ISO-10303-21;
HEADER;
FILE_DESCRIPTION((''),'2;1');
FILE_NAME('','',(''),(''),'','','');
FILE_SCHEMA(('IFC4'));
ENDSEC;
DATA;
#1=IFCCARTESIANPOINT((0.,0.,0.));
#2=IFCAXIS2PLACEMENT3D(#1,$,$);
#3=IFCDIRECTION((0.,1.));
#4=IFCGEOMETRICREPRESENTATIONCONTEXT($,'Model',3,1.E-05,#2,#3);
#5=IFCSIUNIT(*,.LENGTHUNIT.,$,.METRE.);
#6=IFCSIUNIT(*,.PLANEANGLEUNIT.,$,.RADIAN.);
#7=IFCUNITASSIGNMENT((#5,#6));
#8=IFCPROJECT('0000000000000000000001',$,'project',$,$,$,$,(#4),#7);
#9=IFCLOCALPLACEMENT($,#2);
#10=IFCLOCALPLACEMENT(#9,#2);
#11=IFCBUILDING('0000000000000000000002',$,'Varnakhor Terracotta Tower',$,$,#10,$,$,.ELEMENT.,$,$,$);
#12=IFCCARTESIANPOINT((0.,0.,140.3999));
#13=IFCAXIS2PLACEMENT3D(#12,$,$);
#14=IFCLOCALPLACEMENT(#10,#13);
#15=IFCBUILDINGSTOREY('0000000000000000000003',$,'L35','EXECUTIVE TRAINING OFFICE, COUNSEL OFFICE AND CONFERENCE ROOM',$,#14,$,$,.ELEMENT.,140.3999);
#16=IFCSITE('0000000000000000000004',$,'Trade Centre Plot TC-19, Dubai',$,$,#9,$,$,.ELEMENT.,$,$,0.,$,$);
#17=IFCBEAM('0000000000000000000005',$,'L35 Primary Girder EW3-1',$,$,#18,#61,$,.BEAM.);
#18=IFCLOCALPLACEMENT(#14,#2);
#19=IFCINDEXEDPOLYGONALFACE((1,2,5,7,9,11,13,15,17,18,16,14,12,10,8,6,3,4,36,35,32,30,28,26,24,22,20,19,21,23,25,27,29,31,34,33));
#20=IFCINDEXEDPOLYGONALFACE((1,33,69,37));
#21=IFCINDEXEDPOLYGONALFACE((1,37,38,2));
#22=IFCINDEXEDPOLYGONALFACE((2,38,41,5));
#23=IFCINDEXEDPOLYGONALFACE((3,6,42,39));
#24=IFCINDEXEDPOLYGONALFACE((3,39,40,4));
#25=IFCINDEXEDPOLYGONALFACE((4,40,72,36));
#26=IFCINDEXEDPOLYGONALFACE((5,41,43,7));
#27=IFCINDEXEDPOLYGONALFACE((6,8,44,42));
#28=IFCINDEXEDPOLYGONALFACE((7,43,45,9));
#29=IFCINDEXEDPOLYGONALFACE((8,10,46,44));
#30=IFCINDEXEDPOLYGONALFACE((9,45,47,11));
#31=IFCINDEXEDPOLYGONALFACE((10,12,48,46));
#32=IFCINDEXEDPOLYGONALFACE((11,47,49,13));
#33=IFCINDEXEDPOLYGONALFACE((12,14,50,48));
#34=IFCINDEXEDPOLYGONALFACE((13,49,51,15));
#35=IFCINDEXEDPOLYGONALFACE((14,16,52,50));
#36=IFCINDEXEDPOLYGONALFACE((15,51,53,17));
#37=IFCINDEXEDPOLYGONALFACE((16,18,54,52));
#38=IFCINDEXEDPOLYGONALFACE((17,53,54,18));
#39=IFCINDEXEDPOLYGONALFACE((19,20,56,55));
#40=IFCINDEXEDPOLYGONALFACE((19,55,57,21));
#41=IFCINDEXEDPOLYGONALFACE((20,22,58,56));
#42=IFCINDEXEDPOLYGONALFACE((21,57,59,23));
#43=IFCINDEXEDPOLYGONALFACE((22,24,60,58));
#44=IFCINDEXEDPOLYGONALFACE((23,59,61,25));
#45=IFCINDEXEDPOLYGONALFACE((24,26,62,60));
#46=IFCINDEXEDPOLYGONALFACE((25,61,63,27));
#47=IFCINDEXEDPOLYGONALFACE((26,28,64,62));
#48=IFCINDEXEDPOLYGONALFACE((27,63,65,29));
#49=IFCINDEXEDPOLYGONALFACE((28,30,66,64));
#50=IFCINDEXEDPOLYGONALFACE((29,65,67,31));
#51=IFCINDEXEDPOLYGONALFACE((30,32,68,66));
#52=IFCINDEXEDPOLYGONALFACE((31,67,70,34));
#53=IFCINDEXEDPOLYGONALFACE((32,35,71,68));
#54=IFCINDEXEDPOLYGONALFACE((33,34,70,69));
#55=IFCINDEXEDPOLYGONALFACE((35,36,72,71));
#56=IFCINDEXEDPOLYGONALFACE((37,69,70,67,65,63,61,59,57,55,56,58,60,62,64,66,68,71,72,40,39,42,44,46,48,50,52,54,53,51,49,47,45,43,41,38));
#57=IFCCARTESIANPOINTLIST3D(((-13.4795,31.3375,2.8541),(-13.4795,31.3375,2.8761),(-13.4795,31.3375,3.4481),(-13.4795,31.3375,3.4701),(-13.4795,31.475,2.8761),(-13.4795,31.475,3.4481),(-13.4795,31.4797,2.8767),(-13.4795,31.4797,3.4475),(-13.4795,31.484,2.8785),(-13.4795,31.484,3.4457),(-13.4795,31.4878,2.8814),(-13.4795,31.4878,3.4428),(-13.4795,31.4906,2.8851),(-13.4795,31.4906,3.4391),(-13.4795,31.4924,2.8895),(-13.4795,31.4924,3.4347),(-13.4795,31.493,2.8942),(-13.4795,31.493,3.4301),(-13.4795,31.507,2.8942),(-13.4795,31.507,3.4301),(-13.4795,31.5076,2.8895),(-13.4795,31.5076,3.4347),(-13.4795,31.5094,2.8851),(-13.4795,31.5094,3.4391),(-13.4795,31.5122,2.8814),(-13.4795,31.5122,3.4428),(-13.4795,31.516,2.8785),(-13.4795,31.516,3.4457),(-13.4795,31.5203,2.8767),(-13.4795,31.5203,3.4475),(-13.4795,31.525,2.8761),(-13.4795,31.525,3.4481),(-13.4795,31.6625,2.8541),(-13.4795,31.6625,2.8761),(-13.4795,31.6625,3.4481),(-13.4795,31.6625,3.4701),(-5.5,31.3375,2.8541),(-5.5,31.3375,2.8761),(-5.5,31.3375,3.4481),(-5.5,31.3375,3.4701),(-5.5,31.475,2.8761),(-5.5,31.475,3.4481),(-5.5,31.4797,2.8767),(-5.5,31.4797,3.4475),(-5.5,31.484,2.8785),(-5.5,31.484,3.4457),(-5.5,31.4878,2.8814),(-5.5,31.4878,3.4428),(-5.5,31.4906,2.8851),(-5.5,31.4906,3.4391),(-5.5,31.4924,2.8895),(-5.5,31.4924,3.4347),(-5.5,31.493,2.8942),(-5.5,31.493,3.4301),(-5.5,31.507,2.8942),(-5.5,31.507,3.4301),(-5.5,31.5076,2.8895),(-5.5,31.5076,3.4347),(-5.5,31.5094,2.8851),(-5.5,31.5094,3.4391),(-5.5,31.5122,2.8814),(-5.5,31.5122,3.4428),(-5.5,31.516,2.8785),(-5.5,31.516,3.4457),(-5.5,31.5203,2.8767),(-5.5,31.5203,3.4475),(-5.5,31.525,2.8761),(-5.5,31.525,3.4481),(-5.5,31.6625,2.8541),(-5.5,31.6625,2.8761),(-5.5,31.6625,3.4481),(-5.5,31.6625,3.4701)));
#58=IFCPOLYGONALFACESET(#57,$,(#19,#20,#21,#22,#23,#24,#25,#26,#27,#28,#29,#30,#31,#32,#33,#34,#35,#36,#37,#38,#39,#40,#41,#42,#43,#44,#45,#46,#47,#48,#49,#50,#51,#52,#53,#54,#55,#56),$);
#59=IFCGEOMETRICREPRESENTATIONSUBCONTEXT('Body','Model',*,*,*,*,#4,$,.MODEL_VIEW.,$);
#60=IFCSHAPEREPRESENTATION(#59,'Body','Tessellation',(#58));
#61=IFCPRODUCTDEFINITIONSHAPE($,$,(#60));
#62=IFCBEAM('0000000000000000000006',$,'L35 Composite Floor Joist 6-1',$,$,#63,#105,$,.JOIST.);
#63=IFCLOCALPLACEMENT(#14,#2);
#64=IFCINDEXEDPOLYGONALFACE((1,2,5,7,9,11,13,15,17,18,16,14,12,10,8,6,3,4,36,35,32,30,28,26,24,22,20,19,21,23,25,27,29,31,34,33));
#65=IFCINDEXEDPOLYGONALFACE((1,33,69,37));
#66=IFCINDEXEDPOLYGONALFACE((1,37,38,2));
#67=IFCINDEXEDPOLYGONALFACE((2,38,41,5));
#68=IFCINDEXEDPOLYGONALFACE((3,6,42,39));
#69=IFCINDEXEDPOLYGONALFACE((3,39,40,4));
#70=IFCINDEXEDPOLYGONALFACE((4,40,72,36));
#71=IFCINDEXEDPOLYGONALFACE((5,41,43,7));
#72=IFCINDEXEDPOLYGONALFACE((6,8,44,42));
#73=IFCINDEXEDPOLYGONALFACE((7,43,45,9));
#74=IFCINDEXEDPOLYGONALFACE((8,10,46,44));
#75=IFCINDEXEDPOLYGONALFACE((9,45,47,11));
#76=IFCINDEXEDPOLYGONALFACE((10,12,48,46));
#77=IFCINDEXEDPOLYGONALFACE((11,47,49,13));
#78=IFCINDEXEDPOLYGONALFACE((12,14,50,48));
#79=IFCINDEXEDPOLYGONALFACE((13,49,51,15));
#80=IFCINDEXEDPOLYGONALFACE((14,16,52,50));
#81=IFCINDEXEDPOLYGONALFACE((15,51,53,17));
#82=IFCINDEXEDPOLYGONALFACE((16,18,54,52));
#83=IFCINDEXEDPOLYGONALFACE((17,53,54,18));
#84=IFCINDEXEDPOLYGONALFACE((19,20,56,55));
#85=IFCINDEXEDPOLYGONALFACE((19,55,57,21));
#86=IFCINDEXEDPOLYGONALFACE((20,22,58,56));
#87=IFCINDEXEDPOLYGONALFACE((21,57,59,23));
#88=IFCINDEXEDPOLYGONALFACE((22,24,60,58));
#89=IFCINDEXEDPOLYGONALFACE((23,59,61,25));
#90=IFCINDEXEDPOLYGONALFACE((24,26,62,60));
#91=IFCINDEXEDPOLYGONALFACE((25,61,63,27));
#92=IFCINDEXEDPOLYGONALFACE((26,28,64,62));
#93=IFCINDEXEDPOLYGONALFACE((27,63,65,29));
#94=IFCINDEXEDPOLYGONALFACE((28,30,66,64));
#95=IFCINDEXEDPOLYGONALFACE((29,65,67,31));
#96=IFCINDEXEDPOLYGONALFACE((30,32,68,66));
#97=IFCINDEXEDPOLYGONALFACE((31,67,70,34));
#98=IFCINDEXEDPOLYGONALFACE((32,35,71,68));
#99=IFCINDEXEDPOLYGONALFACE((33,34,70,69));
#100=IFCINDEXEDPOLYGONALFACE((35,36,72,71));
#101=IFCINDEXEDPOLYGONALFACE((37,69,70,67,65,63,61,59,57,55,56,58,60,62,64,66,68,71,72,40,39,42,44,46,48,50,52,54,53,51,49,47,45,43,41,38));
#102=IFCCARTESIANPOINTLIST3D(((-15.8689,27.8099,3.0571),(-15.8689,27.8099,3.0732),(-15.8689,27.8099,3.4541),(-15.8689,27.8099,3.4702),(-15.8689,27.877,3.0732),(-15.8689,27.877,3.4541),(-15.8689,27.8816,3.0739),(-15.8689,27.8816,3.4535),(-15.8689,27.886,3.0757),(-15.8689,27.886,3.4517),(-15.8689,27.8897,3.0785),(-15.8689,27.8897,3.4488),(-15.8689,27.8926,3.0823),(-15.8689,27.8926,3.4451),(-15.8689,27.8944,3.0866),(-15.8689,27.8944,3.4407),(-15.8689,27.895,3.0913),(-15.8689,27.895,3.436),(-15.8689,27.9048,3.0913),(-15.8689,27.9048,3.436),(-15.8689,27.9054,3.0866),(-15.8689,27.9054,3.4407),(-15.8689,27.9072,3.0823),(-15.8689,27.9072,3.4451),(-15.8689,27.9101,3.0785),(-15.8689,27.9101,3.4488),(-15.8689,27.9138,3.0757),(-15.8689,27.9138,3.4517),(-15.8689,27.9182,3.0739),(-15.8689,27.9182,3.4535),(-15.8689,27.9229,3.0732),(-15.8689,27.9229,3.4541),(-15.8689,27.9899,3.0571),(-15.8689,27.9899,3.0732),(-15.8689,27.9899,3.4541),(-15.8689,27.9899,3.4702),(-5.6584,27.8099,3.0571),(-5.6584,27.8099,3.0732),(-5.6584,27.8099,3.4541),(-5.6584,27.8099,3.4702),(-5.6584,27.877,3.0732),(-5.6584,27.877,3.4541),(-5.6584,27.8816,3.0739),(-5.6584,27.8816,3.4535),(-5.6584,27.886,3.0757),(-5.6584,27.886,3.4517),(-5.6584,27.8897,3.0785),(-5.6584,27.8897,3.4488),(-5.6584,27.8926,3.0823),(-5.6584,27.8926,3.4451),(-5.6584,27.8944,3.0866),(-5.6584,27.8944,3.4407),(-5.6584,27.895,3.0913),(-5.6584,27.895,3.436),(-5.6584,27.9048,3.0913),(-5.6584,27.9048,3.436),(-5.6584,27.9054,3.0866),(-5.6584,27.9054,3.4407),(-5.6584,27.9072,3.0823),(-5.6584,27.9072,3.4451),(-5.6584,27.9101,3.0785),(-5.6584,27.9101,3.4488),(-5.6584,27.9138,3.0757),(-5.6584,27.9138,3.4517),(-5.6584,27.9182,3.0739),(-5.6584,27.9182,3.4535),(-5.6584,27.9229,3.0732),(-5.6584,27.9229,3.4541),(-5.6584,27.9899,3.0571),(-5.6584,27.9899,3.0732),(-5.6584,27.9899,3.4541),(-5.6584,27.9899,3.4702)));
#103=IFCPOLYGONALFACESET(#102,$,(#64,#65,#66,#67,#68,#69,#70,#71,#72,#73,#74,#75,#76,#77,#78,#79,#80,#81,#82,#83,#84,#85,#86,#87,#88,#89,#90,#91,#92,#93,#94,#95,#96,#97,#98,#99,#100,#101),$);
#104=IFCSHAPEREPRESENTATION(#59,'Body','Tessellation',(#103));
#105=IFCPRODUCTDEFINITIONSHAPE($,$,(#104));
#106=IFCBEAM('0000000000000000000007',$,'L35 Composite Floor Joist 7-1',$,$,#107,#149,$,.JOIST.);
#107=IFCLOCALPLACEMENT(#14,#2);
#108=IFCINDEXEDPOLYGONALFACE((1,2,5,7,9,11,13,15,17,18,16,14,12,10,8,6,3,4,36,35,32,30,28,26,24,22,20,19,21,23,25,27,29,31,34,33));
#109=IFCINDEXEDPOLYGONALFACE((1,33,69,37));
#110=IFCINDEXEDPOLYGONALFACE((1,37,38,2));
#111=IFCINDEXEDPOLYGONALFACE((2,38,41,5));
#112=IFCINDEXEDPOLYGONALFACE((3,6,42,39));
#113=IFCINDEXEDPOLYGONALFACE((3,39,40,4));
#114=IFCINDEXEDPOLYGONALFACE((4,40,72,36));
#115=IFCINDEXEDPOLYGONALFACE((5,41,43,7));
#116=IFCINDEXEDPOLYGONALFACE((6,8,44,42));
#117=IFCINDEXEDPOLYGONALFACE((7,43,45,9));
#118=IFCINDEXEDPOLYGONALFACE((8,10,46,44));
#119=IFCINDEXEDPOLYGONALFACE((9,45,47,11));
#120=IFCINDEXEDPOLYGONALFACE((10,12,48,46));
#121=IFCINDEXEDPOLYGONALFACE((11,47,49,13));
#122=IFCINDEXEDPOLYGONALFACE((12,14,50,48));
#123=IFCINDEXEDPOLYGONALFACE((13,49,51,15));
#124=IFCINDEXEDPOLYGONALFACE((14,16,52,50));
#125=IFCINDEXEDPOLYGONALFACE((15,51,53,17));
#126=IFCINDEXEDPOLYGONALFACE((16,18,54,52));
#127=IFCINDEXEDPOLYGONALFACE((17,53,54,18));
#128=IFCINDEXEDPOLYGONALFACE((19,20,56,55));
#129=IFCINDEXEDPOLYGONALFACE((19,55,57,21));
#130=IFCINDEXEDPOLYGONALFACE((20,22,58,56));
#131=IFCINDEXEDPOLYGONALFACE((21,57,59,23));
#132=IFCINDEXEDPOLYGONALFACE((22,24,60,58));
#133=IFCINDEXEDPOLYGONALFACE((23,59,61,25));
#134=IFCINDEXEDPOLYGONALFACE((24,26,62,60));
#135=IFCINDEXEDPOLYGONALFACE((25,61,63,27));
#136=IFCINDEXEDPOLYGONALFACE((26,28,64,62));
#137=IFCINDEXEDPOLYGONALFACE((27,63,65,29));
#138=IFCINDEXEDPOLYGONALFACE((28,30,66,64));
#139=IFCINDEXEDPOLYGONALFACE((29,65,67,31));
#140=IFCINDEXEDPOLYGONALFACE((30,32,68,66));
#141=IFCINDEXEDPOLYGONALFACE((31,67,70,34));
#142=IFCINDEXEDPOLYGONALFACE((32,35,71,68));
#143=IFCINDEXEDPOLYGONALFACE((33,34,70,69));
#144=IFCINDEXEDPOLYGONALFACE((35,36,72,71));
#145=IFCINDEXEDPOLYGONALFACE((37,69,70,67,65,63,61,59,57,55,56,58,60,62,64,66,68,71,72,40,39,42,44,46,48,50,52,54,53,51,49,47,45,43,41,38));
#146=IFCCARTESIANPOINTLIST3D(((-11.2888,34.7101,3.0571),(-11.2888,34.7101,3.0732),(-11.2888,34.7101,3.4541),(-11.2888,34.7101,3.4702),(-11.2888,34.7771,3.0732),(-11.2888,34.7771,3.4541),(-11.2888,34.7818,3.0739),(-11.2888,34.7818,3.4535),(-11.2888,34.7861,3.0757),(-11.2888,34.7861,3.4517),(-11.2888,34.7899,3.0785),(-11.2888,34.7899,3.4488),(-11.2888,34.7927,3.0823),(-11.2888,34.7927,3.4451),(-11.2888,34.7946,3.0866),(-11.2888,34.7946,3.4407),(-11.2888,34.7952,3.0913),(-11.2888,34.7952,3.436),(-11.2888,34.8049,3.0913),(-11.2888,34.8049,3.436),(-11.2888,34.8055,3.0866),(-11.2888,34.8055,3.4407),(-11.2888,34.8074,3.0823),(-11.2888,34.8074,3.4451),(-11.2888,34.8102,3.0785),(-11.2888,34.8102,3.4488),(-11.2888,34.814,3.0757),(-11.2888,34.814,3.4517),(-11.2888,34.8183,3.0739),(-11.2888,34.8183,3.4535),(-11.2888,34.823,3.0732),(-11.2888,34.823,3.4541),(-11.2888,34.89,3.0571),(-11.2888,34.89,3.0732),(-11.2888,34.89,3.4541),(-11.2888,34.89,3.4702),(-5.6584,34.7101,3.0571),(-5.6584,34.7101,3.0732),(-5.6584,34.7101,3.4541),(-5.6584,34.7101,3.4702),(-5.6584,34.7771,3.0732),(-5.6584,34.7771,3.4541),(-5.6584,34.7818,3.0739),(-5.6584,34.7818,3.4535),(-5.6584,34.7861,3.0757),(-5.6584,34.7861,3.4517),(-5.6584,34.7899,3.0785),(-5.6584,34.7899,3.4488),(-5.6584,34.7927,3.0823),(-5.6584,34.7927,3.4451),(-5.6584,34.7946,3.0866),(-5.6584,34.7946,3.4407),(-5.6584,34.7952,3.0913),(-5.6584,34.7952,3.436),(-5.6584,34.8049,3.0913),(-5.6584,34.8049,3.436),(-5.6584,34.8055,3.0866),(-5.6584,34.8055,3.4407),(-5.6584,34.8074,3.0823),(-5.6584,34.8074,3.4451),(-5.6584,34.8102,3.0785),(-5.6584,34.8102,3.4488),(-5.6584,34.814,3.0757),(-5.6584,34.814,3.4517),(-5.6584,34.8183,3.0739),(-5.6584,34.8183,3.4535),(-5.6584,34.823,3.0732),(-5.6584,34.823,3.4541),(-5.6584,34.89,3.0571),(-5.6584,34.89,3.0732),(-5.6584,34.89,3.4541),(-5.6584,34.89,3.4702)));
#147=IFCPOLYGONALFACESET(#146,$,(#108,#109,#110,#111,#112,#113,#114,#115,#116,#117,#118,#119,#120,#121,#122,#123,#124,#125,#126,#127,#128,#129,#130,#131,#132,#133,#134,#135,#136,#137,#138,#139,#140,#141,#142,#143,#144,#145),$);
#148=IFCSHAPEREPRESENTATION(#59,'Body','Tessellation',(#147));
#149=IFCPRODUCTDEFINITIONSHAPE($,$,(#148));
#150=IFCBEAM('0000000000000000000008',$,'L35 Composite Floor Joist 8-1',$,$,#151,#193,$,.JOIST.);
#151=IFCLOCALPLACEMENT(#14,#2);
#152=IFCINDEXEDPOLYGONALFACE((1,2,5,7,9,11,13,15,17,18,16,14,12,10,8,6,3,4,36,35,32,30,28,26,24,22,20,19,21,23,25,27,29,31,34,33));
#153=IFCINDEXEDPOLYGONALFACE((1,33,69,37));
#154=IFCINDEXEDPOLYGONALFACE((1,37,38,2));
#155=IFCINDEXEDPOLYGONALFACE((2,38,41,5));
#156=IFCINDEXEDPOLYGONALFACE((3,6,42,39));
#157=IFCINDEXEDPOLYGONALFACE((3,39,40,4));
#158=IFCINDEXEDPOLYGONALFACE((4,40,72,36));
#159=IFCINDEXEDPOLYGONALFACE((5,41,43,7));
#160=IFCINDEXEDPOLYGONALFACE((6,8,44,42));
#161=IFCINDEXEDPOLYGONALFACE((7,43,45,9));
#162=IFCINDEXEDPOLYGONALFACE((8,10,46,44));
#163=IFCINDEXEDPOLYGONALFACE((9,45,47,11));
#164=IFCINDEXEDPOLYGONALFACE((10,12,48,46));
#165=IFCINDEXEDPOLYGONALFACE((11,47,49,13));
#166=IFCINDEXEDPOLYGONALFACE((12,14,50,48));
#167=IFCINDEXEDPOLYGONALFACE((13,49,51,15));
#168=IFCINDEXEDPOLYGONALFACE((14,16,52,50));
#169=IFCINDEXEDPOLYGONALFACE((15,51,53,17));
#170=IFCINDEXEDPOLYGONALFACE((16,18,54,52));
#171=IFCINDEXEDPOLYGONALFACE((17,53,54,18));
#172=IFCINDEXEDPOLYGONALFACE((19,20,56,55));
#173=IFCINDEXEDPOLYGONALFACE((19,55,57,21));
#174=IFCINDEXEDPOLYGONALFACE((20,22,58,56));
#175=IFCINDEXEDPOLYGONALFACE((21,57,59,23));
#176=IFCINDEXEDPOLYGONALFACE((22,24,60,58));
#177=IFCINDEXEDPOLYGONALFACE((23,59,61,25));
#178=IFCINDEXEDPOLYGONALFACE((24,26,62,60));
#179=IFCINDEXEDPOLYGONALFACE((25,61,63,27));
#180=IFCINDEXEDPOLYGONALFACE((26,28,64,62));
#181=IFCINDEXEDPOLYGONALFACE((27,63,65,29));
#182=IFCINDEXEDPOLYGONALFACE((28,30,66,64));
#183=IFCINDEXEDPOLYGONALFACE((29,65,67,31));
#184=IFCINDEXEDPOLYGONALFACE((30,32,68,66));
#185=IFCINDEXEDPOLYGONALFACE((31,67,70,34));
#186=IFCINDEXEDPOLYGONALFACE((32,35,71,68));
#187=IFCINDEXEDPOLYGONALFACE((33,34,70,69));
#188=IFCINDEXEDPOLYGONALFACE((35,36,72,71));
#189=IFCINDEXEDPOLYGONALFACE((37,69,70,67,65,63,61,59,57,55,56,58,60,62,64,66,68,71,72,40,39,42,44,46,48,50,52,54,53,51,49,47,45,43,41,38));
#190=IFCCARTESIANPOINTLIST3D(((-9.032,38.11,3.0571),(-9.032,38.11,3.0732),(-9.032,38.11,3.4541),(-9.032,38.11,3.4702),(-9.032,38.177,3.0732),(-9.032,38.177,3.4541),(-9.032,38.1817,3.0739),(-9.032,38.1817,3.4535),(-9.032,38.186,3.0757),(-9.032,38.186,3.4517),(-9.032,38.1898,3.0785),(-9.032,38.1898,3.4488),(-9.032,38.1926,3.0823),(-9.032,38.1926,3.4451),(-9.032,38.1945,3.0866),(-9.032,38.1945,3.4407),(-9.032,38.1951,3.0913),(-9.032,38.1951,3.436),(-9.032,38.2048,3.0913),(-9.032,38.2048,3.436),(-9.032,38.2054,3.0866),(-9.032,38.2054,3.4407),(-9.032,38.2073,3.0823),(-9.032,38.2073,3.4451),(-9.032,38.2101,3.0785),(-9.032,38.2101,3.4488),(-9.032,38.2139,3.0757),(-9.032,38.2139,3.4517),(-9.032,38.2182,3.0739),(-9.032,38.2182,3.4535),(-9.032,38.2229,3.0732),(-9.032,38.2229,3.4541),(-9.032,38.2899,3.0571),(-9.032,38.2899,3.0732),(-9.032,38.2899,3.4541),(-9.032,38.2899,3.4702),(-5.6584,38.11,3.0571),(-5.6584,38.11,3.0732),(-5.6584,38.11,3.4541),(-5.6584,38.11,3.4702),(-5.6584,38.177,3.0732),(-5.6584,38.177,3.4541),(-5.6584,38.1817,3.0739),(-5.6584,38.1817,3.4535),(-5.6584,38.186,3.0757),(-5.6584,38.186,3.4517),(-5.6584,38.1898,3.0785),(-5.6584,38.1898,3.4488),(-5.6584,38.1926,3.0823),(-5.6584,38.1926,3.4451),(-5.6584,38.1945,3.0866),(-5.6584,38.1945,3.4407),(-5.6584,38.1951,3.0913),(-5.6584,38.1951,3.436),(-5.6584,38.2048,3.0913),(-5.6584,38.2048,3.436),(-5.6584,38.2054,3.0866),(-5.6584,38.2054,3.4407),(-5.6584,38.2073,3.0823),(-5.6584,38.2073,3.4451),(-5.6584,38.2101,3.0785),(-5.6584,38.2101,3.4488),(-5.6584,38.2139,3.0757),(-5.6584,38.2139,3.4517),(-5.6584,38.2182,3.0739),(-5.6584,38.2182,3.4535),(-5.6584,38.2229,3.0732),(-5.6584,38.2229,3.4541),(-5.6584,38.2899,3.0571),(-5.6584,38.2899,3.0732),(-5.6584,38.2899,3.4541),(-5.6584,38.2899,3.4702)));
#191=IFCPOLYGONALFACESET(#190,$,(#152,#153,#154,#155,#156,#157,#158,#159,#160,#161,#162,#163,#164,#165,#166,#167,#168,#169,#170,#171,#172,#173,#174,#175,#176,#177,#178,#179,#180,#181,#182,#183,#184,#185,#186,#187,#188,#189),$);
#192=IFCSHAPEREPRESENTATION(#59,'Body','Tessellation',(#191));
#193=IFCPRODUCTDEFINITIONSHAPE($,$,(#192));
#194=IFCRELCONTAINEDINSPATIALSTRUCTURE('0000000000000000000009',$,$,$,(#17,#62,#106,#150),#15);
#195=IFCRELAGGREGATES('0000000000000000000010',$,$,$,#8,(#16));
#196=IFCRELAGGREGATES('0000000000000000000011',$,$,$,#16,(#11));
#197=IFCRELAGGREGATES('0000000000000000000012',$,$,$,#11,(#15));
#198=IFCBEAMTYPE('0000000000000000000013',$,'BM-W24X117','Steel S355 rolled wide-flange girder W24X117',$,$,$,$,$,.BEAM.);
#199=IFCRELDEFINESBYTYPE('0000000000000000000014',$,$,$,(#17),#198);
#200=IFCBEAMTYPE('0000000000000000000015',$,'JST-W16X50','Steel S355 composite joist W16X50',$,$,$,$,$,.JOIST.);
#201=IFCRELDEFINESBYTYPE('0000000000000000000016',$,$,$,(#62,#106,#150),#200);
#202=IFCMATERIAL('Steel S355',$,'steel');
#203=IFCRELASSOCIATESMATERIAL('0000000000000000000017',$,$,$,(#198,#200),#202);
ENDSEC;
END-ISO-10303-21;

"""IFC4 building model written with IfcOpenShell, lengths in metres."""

from ifc_helpers import new_model, si_unit, direction, frame, origin, origin_2d, place, context, subcontext, project, spatial, i_section, extrude, source, transform, mapped, material, material_profile, profile_set, type_object, element, save


model = new_model("IFC4")

# Units and contexts
model_context = context("Model", 3, precision=1e-05, world=origin(), true_north=direction((0.0, 1.0)))
body_context = subcontext(model_context, "Body", "Model", "MODEL_VIEW")
ifc_project = project(units=[si_unit("LENGTHUNIT", "METRE"), si_unit("PLANEANGLEUNIT", "RADIAN")], contexts=[model_context])

# Site, building, storey
site_placement = place(None, origin())
site = spatial("IfcSite", under=ifc_project, at=site_placement, Name="Trade Centre Plot TC-19, Dubai", CompositionType="ELEMENT", RefElevation=0.0)
building_placement = place(site_placement, origin())
building = spatial("IfcBuilding", under=site, at=building_placement, Name="Varnakhor Terracotta Tower", CompositionType="ELEMENT")
storey_placement = place(building_placement, frame((0.0, 0.0, 140.3999)))
storey = spatial("IfcBuildingStorey", under=building, at=storey_placement, Name="L35", Description="EXECUTIVE TRAINING OFFICE, COUNSEL OFFICE AND CONFERENCE ROOM", CompositionType="ELEMENT", Elevation=140.3999)

# Beams
ifc_material_1 = material(Name="Steel S355", Category="steel")
ifc_material_profile_1 = material_profile(ifc_material_1, i_section(OverallWidth=0.325, OverallDepth=0.616, WebThickness=0.0139, FlangeThickness=0.022, FilletRadius=0.0181, at=origin_2d()), Name="W24X117")
ifc_profile_set_1 = profile_set([ifc_material_profile_1], Name="Steel S355")
beam_type_1 = type_object("IfcBeamType", Name="BM-W24X117", Description="Steel S355 rolled wide-flange girder W24X117", PredefinedType="BEAM", material=ifc_profile_set_1)
ifc_material_profile_2 = material_profile(ifc_material_1, i_section(OverallWidth=0.1799, OverallDepth=0.4131, WebThickness=0.0098, FlangeThickness=0.0161, FilletRadius=0.0181, at=origin_2d()), Name="W16X50")
ifc_profile_set_2 = profile_set([ifc_material_profile_2], Name="Steel S355")
beam_type_2 = type_object("IfcBeamType", Name="JST-W16X50", Description="Steel S355 composite joist W16X50", PredefinedType="JOIST", material=ifc_profile_set_2)
shared_shape_1 = source(origin(), body_context, "Body", "SweptSolid", [
    extrude(i_section(OverallWidth=0.325, OverallDepth=0.616, WebThickness=0.0139, FlangeThickness=0.022, FilletRadius=0.0181, at=origin_2d()), origin(), (0.0, 0.0, 1.0), 7.9795),
])
beam_1_placement = place(storey_placement, frame((-13.4795, 31.5, 3.1621), z_axis=(1.0, 0.0, 0.0), x_axis=(0.0, 1.0, 0.0)))
element("IfcBeam", 1, at=beam_1_placement, inside=storey, type_object=beam_type_1, Name="L35 Primary Girder EW3-1", PredefinedType="BEAM", context=body_context, shape_type="MappedRepresentation", body=[
    mapped(shared_shape_1, transform((0.0, 0.0, 0.0), scale=1.0)),
])
shared_shape_2 = source(origin(), body_context, "Body", "SweptSolid", [
    extrude(i_section(OverallWidth=0.1799, OverallDepth=0.4131, WebThickness=0.0098, FlangeThickness=0.0161, FilletRadius=0.0181, at=origin_2d()), origin(), (0.0, 0.0, 1.0), 10.2104),
])
beam_2_placement = place(storey_placement, frame((-15.8689, 27.8999, 3.2637), z_axis=(1.0, 0.0, 0.0), x_axis=(0.0, 1.0, 0.0)))
element("IfcBeam", 2, at=beam_2_placement, inside=storey, type_object=beam_type_2, Name="L35 Composite Floor Joist 6-1", PredefinedType="JOIST", context=body_context, shape_type="MappedRepresentation", body=[
    mapped(shared_shape_2, transform((0.0, 0.0, 0.0), scale=1.0)),
])
shared_shape_3 = source(origin(), body_context, "Body", "SweptSolid", [
    extrude(i_section(OverallWidth=0.1799, OverallDepth=0.4131, WebThickness=0.0098, FlangeThickness=0.0161, FilletRadius=0.0181, at=origin_2d()), origin(), (0.0, 0.0, 1.0), 5.6304),
])
beam_3_placement = place(storey_placement, frame((-11.2888, 34.8, 3.2637), z_axis=(1.0, 0.0, 0.0), x_axis=(0.0, 1.0, 0.0)))
element("IfcBeam", 3, at=beam_3_placement, inside=storey, type_object=beam_type_2, Name="L35 Composite Floor Joist 7-1", PredefinedType="JOIST", context=body_context, shape_type="MappedRepresentation", body=[
    mapped(shared_shape_3, transform((0.0, 0.0, 0.0), scale=1.0)),
])
shared_shape_4 = source(origin(), body_context, "Body", "SweptSolid", [
    extrude(i_section(OverallWidth=0.1799, OverallDepth=0.4131, WebThickness=0.0098, FlangeThickness=0.0161, FilletRadius=0.0181, at=origin_2d()), origin(), (0.0, 0.0, 1.0), 3.3735),
])
beam_4_placement = place(storey_placement, frame((-9.032, 38.2, 3.2637), z_axis=(1.0, 0.0, 0.0), x_axis=(0.0, 1.0, 0.0)))
element("IfcBeam", 4, at=beam_4_placement, inside=storey, type_object=beam_type_2, Name="L35 Composite Floor Joist 8-1", PredefinedType="JOIST", context=body_context, shape_type="MappedRepresentation", body=[
    mapped(shared_shape_4, transform((0.0, 0.0, 0.0), scale=1.0)),
])

save(model, "model.ifc")
